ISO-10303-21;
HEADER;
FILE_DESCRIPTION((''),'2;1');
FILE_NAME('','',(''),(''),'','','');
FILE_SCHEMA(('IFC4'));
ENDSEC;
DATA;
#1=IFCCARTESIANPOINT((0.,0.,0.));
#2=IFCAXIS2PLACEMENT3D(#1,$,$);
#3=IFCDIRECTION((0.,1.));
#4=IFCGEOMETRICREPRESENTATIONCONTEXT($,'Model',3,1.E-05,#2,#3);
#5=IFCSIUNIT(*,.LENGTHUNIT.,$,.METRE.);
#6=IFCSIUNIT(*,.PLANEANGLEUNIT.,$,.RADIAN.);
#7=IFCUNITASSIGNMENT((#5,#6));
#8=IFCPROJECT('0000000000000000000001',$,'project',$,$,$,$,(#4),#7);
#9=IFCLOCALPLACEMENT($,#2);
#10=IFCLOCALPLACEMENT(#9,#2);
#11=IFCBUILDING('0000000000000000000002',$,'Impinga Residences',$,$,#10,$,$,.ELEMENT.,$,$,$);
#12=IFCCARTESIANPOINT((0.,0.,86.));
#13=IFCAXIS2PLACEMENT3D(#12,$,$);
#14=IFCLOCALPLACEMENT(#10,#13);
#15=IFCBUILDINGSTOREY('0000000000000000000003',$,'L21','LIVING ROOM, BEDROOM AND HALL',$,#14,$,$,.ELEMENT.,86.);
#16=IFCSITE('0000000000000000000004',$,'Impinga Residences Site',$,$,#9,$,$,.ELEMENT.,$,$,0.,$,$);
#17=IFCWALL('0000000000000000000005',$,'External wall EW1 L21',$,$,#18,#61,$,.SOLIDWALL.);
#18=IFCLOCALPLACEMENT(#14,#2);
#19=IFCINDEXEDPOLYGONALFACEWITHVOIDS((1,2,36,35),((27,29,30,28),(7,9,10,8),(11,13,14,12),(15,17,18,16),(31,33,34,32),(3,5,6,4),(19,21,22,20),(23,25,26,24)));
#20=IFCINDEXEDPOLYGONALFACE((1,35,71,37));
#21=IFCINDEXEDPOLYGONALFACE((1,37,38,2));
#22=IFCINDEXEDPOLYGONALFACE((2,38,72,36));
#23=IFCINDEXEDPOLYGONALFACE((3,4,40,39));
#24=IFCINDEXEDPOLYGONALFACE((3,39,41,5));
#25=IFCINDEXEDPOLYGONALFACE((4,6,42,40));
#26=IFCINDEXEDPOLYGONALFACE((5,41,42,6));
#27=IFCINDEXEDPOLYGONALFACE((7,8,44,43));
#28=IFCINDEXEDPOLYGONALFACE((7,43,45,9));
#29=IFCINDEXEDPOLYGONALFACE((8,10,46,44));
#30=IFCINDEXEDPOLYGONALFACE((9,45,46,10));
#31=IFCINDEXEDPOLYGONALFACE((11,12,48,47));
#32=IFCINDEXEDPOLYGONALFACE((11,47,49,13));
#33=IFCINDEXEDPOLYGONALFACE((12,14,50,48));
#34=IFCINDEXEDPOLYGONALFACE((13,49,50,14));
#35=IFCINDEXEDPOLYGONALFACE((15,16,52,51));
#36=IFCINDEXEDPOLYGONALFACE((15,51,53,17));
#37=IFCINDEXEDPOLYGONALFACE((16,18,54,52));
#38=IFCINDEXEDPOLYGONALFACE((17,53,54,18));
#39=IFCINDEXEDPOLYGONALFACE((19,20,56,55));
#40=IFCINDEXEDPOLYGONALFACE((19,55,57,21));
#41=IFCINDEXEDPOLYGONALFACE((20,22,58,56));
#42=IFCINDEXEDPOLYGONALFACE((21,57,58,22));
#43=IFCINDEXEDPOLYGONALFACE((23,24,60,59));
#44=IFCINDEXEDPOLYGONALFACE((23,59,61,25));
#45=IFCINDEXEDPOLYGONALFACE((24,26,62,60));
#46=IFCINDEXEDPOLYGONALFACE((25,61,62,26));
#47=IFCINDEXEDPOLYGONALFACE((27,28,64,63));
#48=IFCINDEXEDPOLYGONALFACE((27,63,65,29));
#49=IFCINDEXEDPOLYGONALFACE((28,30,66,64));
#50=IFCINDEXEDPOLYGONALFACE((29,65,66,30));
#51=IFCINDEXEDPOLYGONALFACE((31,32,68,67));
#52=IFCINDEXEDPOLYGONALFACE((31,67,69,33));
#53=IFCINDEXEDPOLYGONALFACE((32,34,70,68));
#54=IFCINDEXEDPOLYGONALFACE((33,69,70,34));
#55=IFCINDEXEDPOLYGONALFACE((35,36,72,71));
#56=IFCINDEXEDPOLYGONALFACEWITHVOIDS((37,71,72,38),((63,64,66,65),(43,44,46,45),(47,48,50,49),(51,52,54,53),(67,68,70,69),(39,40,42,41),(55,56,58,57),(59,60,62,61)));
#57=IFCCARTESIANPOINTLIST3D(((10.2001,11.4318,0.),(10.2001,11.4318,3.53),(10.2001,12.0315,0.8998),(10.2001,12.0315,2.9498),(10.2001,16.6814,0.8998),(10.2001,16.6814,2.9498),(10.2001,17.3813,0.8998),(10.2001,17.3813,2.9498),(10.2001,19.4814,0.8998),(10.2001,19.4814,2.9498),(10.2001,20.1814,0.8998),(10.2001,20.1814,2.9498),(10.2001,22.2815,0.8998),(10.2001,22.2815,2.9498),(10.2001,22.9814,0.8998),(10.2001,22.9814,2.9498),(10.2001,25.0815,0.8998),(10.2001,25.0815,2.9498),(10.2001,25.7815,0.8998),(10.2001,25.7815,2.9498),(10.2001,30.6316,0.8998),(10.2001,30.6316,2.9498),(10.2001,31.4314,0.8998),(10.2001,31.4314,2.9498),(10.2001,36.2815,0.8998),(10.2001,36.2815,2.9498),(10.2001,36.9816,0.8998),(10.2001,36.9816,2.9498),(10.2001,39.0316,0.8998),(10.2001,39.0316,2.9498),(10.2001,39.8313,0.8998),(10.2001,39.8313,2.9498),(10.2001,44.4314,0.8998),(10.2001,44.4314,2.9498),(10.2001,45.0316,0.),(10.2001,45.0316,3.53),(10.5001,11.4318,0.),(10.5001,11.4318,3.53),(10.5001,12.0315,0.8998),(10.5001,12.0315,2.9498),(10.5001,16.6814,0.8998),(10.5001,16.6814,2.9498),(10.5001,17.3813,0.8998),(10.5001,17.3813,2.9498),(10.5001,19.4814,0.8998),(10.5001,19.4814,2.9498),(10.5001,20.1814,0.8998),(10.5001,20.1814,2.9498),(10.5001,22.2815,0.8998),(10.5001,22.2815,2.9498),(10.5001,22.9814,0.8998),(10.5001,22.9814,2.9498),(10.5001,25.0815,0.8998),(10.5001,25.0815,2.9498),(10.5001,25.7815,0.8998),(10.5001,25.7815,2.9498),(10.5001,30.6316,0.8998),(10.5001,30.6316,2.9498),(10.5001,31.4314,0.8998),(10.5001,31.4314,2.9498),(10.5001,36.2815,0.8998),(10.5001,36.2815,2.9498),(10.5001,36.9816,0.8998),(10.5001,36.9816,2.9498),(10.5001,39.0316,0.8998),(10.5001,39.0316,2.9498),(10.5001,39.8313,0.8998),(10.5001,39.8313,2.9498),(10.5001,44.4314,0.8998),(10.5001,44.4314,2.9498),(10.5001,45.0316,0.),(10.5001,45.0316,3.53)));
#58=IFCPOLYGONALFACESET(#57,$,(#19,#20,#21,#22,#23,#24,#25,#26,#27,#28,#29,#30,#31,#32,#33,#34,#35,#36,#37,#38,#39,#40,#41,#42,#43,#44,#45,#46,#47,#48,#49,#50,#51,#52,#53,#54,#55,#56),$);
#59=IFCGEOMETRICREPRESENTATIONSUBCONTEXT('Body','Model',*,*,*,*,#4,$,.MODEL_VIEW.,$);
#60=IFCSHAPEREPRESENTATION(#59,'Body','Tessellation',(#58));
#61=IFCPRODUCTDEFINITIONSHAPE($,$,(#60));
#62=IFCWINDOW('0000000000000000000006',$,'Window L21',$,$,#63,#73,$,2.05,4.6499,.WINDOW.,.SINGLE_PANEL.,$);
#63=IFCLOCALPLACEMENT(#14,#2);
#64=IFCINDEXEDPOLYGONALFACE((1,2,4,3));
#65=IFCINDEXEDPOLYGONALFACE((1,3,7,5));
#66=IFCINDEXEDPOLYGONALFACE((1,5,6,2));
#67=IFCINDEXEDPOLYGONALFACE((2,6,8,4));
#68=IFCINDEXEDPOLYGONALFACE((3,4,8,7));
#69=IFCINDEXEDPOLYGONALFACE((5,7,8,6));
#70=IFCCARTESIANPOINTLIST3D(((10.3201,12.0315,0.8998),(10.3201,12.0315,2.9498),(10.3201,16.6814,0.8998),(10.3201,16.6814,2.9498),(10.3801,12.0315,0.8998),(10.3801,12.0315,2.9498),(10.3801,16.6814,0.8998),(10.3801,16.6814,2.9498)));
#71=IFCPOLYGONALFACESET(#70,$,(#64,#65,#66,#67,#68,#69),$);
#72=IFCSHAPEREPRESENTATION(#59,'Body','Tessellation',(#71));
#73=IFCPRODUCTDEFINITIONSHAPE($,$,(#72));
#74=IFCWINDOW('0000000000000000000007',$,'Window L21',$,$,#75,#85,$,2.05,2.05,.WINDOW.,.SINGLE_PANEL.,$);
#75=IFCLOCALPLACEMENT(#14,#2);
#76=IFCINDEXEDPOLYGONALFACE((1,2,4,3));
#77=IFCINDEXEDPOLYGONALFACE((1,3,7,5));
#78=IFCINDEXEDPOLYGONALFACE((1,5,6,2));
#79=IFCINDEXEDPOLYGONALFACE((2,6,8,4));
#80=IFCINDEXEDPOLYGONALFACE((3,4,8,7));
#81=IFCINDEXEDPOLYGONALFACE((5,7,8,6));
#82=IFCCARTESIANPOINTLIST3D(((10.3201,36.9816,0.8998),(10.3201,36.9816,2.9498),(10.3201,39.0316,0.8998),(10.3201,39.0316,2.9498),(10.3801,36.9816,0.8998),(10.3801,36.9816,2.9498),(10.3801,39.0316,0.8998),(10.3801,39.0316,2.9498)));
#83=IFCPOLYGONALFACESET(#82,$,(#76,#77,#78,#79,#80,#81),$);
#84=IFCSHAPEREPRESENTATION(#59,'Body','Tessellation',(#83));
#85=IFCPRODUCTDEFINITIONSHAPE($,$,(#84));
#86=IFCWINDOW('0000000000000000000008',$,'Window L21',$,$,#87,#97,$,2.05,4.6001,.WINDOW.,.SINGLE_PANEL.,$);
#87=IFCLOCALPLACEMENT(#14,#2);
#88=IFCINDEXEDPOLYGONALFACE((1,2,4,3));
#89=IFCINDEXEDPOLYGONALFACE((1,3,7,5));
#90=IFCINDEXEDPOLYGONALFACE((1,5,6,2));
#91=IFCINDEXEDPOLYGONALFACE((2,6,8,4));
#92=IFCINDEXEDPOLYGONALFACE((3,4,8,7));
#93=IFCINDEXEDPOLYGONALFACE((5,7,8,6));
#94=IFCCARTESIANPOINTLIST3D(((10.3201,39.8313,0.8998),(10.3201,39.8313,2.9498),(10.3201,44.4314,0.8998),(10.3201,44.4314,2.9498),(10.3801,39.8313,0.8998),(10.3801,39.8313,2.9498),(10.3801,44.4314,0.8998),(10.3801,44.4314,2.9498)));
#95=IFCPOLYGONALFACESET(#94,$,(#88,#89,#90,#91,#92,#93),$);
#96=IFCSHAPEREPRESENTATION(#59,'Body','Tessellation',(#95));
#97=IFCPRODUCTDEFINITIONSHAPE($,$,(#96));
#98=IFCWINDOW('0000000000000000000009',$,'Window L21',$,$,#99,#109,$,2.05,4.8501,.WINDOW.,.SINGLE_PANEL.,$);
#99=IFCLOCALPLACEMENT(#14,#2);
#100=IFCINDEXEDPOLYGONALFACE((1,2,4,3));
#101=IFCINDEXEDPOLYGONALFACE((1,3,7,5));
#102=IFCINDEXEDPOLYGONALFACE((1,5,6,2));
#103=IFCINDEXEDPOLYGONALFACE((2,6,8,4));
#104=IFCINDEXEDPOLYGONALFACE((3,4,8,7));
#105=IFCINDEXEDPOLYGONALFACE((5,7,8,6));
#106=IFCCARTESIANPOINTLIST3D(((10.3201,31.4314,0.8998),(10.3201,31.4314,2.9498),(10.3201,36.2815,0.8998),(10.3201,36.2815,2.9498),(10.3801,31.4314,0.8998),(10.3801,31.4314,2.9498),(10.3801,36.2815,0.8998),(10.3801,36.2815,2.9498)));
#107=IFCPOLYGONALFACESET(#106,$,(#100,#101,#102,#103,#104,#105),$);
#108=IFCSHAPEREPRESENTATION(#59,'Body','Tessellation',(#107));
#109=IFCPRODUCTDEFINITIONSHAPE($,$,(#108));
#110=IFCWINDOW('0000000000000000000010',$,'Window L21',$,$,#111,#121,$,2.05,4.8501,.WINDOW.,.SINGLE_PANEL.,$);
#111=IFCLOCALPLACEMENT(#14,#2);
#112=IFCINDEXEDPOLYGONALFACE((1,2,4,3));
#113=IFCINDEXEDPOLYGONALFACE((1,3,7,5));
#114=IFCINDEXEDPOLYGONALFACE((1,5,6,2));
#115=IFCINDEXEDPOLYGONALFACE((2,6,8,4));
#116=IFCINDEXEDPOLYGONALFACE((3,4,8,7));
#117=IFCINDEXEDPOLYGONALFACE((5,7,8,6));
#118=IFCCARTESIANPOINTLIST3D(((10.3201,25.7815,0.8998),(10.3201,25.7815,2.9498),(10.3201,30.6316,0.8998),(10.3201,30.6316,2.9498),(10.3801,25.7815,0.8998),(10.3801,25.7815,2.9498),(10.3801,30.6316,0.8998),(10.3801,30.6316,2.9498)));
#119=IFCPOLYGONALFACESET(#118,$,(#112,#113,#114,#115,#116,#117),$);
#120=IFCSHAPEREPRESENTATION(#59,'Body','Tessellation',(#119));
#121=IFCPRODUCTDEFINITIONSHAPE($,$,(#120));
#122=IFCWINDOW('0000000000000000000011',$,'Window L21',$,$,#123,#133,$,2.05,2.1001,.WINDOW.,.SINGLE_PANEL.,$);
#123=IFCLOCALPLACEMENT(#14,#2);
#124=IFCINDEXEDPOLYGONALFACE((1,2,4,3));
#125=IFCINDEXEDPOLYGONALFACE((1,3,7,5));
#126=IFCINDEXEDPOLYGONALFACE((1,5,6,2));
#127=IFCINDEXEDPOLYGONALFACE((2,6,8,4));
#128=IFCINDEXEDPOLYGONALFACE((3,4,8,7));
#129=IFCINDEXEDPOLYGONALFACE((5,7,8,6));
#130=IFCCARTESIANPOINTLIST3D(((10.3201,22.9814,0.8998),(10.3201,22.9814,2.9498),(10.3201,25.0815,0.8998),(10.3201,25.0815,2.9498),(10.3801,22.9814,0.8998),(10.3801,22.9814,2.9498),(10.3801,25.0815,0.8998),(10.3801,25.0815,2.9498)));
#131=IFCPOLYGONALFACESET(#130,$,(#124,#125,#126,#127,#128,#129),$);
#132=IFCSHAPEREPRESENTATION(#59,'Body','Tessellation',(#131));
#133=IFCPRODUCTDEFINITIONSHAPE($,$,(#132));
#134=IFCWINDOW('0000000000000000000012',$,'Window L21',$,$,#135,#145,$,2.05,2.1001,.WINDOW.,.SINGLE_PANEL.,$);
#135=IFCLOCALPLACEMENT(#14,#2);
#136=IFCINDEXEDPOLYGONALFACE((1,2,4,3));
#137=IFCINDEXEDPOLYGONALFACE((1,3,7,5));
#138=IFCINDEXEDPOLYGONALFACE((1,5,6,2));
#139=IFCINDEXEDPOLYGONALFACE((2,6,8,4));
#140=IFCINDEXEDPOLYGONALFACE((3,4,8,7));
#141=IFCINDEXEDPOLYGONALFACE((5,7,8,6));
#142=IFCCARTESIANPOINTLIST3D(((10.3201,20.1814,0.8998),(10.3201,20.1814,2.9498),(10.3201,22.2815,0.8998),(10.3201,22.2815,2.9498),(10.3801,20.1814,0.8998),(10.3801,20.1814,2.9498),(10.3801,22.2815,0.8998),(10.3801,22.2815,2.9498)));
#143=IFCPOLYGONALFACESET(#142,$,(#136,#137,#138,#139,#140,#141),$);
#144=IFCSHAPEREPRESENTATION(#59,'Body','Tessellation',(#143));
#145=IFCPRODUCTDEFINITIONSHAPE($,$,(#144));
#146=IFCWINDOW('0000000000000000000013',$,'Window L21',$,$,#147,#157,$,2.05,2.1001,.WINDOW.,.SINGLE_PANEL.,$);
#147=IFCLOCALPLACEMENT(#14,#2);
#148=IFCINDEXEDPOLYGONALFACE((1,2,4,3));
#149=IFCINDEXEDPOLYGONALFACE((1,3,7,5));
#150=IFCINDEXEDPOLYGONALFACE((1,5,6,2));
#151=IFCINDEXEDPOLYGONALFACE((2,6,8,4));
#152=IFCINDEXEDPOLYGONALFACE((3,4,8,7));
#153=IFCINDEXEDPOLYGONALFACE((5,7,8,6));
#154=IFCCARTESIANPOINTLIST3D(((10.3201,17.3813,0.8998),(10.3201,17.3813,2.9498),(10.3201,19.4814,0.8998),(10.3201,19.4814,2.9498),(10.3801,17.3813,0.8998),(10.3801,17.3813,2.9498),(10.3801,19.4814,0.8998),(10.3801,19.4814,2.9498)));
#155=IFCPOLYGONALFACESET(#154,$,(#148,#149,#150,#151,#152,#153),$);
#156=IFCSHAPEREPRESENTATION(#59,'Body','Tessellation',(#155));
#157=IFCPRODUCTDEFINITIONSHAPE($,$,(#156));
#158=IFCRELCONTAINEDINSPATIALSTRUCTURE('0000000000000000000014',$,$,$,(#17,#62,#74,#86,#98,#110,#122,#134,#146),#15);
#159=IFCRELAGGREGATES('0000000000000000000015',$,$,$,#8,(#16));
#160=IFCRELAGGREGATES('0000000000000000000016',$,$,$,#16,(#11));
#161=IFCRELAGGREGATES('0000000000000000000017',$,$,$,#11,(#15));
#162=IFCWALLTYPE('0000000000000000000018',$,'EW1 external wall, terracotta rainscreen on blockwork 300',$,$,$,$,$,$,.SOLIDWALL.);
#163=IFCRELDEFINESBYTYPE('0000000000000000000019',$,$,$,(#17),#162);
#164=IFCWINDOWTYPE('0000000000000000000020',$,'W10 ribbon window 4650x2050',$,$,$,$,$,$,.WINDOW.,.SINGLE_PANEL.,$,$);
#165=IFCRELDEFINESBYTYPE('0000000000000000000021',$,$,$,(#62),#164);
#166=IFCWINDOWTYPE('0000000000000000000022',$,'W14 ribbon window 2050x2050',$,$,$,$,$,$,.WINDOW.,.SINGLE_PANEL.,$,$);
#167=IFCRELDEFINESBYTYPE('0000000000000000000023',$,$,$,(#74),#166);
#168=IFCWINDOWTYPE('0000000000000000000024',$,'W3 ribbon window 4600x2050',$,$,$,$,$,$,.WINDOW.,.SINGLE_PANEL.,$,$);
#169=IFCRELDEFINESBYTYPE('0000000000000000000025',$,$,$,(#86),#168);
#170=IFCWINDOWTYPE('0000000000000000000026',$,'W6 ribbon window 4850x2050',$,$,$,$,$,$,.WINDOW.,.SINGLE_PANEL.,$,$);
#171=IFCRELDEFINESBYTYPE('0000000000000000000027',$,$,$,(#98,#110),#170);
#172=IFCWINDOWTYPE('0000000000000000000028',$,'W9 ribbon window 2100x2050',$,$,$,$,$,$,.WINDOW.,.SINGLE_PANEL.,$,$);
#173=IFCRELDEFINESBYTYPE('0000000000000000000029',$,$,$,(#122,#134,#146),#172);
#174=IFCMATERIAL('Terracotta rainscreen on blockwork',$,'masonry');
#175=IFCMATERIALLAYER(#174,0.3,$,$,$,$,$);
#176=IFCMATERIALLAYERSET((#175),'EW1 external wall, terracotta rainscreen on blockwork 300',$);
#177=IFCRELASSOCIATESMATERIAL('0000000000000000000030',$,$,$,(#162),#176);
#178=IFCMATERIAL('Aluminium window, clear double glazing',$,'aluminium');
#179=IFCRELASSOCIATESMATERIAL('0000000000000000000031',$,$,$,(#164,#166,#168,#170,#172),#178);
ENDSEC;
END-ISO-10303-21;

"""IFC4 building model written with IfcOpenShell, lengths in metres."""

from ifc_helpers import new_model, si_unit, direction, frame, frame_2d, origin, place, context, subcontext, project, spatial, rectangle, extrude, material, layer, layer_set, type_object, element, fill, save


model = new_model("IFC4")

# Units and contexts
model_context = context("Model", 3, precision=1e-05, world=origin(), true_north=direction((0.0, 1.0)))
body_context = subcontext(model_context, "Body", "Model", "MODEL_VIEW")
ifc_project = project(units=[si_unit("LENGTHUNIT", "METRE"), si_unit("PLANEANGLEUNIT", "RADIAN")], contexts=[model_context])

# Site, building, storey
site_placement = place(None, origin())
site = spatial("IfcSite", under=ifc_project, at=site_placement, Name="Impinga Residences Site", CompositionType="ELEMENT", RefElevation=0.0)
building_placement = place(site_placement, origin())
building = spatial("IfcBuilding", under=site, at=building_placement, Name="Impinga Residences", CompositionType="ELEMENT")
storey_placement = place(building_placement, frame((0.0, 0.0, 86.0)))
storey = spatial("IfcBuildingStorey", under=building, at=storey_placement, Name="L21", Description="LIVING ROOM, BEDROOM AND HALL", CompositionType="ELEMENT", Elevation=86.0)

# Shared definitions
ifc_material_1 = material(Name="Terracotta rainscreen on blockwork", Category="masonry")
ifc_layer_1 = layer(ifc_material_1, 0.3)
ifc_layer_set_1 = layer_set([ifc_layer_1], Name="EW1 external wall, terracotta rainscreen on blockwork 300")
wall_type_1 = type_object("IfcWallType", Name="EW1 external wall, terracotta rainscreen on blockwork 300", PredefinedType="SOLIDWALL", material=ifc_layer_set_1)

# Wall, openings, windows
wall_1_placement = place(storey_placement, frame((10.3501, 45.0315, 0.0), z_axis=(0.0, 0.0, 1.0), x_axis=(0.0, -1.0, 0.0)))
wall_1 = element("IfcWall", 1, at=wall_1_placement, inside=storey, type_object=wall_type_1, Name="External wall EW1 L21", PredefinedType="SOLIDWALL", context=body_context, shape_type="SweptSolid", body=[
    extrude(rectangle(XDim=33.5999, YDim=0.3, at=frame_2d((16.7998, 0.0))), origin(), (0.0, 0.0, 1.0), 3.53),
])
opening_1_placement = place(wall_1_placement, frame((0.6001, 0.0, 0.8999)))
opening_1 = element("IfcOpeningElement", 2, at=opening_1_placement, cuts=wall_1, PredefinedType="OPENING", context=body_context, shape_type="SweptSolid", body=[
    extrude(rectangle(XDim=4.6001, YDim=2.05, at=frame_2d((2.3, 1.0249))), frame((0.0, 0.1599, 0.0), z_axis=(0.0, -1.0, 0.0), x_axis=(1.0, 0.0, 0.0)), (0.0, 0.0, 1.0), 0.3201),
])
opening_2_placement = place(wall_1_placement, frame((6.0, 0.0, 0.8999)))
opening_2 = element("IfcOpeningElement", 3, at=opening_2_placement, cuts=wall_1, PredefinedType="OPENING", context=body_context, shape_type="SweptSolid", body=[
    extrude(rectangle(XDim=2.05, YDim=2.05, at=frame_2d((1.0249, 1.0249))), frame((0.0, 0.1599, 0.0), z_axis=(0.0, -1.0, 0.0), x_axis=(1.0, 0.0, 0.0)), (0.0, 0.0, 1.0), 0.3201),
])
opening_3_placement = place(wall_1_placement, frame((8.75, 0.0, 0.8999)))
opening_3 = element("IfcOpeningElement", 4, at=opening_3_placement, cuts=wall_1, PredefinedType="OPENING", context=body_context, shape_type="SweptSolid", body=[
    extrude(rectangle(XDim=4.8501, YDim=2.05, at=frame_2d((2.425, 1.0249))), frame((0.0, 0.1599, 0.0), z_axis=(0.0, -1.0, 0.0), x_axis=(1.0, 0.0, 0.0)), (0.0, 0.0, 1.0), 0.3201),
])
opening_4_placement = place(wall_1_placement, frame((14.3999, 0.0, 0.8999)))
opening_4 = element("IfcOpeningElement", 5, at=opening_4_placement, cuts=wall_1, PredefinedType="OPENING", context=body_context, shape_type="SweptSolid", body=[
    extrude(rectangle(XDim=4.8501, YDim=2.05, at=frame_2d((2.425, 1.0249))), frame((0.0, 0.1599, 0.0), z_axis=(0.0, -1.0, 0.0), x_axis=(1.0, 0.0, 0.0)), (0.0, 0.0, 1.0), 0.3201),
])
opening_5_placement = place(wall_1_placement, frame((19.95, 0.0, 0.8999)))
opening_5 = element("IfcOpeningElement", 6, at=opening_5_placement, cuts=wall_1, PredefinedType="OPENING", context=body_context, shape_type="SweptSolid", body=[
    extrude(rectangle(XDim=2.1001, YDim=2.05, at=frame_2d((1.05, 1.0249))), frame((0.0, 0.1599, 0.0), z_axis=(0.0, -1.0, 0.0), x_axis=(1.0, 0.0, 0.0)), (0.0, 0.0, 1.0), 0.3201),
])
opening_6_placement = place(wall_1_placement, frame((22.75, 0.0, 0.8999)))
opening_6 = element("IfcOpeningElement", 7, at=opening_6_placement, cuts=wall_1, PredefinedType="OPENING", context=body_context, shape_type="SweptSolid", body=[
    extrude(rectangle(XDim=2.1001, YDim=2.05, at=frame_2d((1.05, 1.0249))), frame((0.0, 0.1599, 0.0), z_axis=(0.0, -1.0, 0.0), x_axis=(1.0, 0.0, 0.0)), (0.0, 0.0, 1.0), 0.3201),
])
opening_7_placement = place(wall_1_placement, frame((25.55, 0.0, 0.8999)))
opening_7 = element("IfcOpeningElement", 8, at=opening_7_placement, cuts=wall_1, PredefinedType="OPENING", context=body_context, shape_type="SweptSolid", body=[
    extrude(rectangle(XDim=2.1001, YDim=2.05, at=frame_2d((1.05, 1.0249))), frame((0.0, 0.1599, 0.0), z_axis=(0.0, -1.0, 0.0), x_axis=(1.0, 0.0, 0.0)), (0.0, 0.0, 1.0), 0.3201),
])
opening_8_placement = place(wall_1_placement, frame((28.3501, 0.0, 0.8999)))
opening_8 = element("IfcOpeningElement", 9, at=opening_8_placement, cuts=wall_1, PredefinedType="OPENING", context=body_context, shape_type="SweptSolid", body=[
    extrude(rectangle(XDim=4.6499, YDim=2.05, at=frame_2d((2.325, 1.0249))), frame((0.0, 0.1599, 0.0), z_axis=(0.0, -1.0, 0.0), x_axis=(1.0, 0.0, 0.0)), (0.0, 0.0, 1.0), 0.3201),
])
ifc_material_2 = material(Name="Aluminium window, clear double glazing", Category="aluminium")
window_type_1 = type_object("IfcWindowType", Name="W10 ribbon window 4650x2050", PartitioningType="SINGLE_PANEL", PredefinedType="WINDOW", material=ifc_material_2)
window_1_placement = place(opening_8_placement, origin())
window_1 = element("IfcWindow", 10, at=window_1_placement, inside=storey, type_object=window_type_1, Name="Window L21", OverallHeight=2.05, OverallWidth=4.6499, PartitioningType="SINGLE_PANEL", PredefinedType="WINDOW", context=body_context, shape_type="SweptSolid", body=[
    extrude(rectangle(XDim=4.6499, YDim=2.05, at=frame_2d((2.325, 1.0249))), frame((0.0, 0.03, 0.0), z_axis=(0.0, -1.0, 0.0), x_axis=(1.0, 0.0, 0.0)), (0.0, 0.0, 1.0), 0.0601),
])
fill(opening_8, window_1)
window_type_2 = type_object("IfcWindowType", Name="W14 ribbon window 2050x2050", PartitioningType="SINGLE_PANEL", PredefinedType="WINDOW", material=ifc_material_2)
window_2_placement = place(opening_2_placement, origin())
window_2 = element("IfcWindow", 11, at=window_2_placement, inside=storey, type_object=window_type_2, Name="Window L21", OverallHeight=2.05, OverallWidth=2.05, PartitioningType="SINGLE_PANEL", PredefinedType="WINDOW", context=body_context, shape_type="SweptSolid", body=[
    extrude(rectangle(XDim=2.05, YDim=2.05, at=frame_2d((1.0249, 1.0249))), frame((0.0, 0.03, 0.0), z_axis=(0.0, -1.0, 0.0), x_axis=(1.0, 0.0, 0.0)), (0.0, 0.0, 1.0), 0.0601),
])
fill(opening_2, window_2)
window_type_3 = type_object("IfcWindowType", Name="W3 ribbon window 4600x2050", PartitioningType="SINGLE_PANEL", PredefinedType="WINDOW", material=ifc_material_2)
window_3_placement = place(opening_1_placement, origin())
window_3 = element("IfcWindow", 12, at=window_3_placement, inside=storey, type_object=window_type_3, Name="Window L21", OverallHeight=2.05, OverallWidth=4.6001, PartitioningType="SINGLE_PANEL", PredefinedType="WINDOW", context=body_context, shape_type="SweptSolid", body=[
    extrude(rectangle(XDim=4.6001, YDim=2.05, at=frame_2d((2.3, 1.0249))), frame((0.0, 0.03, 0.0), z_axis=(0.0, -1.0, 0.0), x_axis=(1.0, 0.0, 0.0)), (0.0, 0.0, 1.0), 0.0601),
])
fill(opening_1, window_3)
window_type_4 = type_object("IfcWindowType", Name="W6 ribbon window 4850x2050", PartitioningType="SINGLE_PANEL", PredefinedType="WINDOW", material=ifc_material_2)
window_4_placement = place(opening_3_placement, origin())
window_4 = element("IfcWindow", 13, at=window_4_placement, inside=storey, type_object=window_type_4, Name="Window L21", OverallHeight=2.05, OverallWidth=4.8501, PartitioningType="SINGLE_PANEL", PredefinedType="WINDOW", context=body_context, shape_type="SweptSolid", body=[
    extrude(rectangle(XDim=4.8501, YDim=2.05, at=frame_2d((2.425, 1.0249))), frame((0.0, 0.03, 0.0), z_axis=(0.0, -1.0, 0.0), x_axis=(1.0, 0.0, 0.0)), (0.0, 0.0, 1.0), 0.0601),
])
fill(opening_3, window_4)
window_5_placement = place(opening_4_placement, origin())
window_5 = element("IfcWindow", 14, at=window_5_placement, inside=storey, type_object=window_type_4, Name="Window L21", OverallHeight=2.05, OverallWidth=4.8501, PartitioningType="SINGLE_PANEL", PredefinedType="WINDOW", context=body_context, shape_type="SweptSolid", body=[
    extrude(rectangle(XDim=4.8501, YDim=2.05, at=frame_2d((2.425, 1.0249))), frame((0.0, 0.03, 0.0), z_axis=(0.0, -1.0, 0.0), x_axis=(1.0, 0.0, 0.0)), (0.0, 0.0, 1.0), 0.0601),
])
fill(opening_4, window_5)
window_type_5 = type_object("IfcWindowType", Name="W9 ribbon window 2100x2050", PartitioningType="SINGLE_PANEL", PredefinedType="WINDOW", material=ifc_material_2)
window_6_placement = place(opening_5_placement, origin())
window_6 = element("IfcWindow", 15, at=window_6_placement, inside=storey, type_object=window_type_5, Name="Window L21", OverallHeight=2.05, OverallWidth=2.1001, PartitioningType="SINGLE_PANEL", PredefinedType="WINDOW", context=body_context, shape_type="SweptSolid", body=[
    extrude(rectangle(XDim=2.1001, YDim=2.05, at=frame_2d((1.05, 1.0249))), frame((0.0, 0.03, 0.0), z_axis=(0.0, -1.0, 0.0), x_axis=(1.0, 0.0, 0.0)), (0.0, 0.0, 1.0), 0.0601),
])
fill(opening_5, window_6)
window_7_placement = place(opening_6_placement, origin())
window_7 = element("IfcWindow", 16, at=window_7_placement, inside=storey, type_object=window_type_5, Name="Window L21", OverallHeight=2.05, OverallWidth=2.1001, PartitioningType="SINGLE_PANEL", PredefinedType="WINDOW", context=body_context, shape_type="SweptSolid", body=[
    extrude(rectangle(XDim=2.1001, YDim=2.05, at=frame_2d((1.05, 1.0249))), frame((0.0, 0.03, 0.0), z_axis=(0.0, -1.0, 0.0), x_axis=(1.0, 0.0, 0.0)), (0.0, 0.0, 1.0), 0.0601),
])
fill(opening_6, window_7)
window_8_placement = place(opening_7_placement, origin())
window_8 = element("IfcWindow", 17, at=window_8_placement, inside=storey, type_object=window_type_5, Name="Window L21", OverallHeight=2.05, OverallWidth=2.1001, PartitioningType="SINGLE_PANEL", PredefinedType="WINDOW", context=body_context, shape_type="SweptSolid", body=[
    extrude(rectangle(XDim=2.1001, YDim=2.05, at=frame_2d((1.05, 1.0249))), frame((0.0, 0.03, 0.0), z_axis=(0.0, -1.0, 0.0), x_axis=(1.0, 0.0, 0.0)), (0.0, 0.0, 1.0), 0.0601),
])
fill(opening_7, window_8)

save(model, "model.ifc")
